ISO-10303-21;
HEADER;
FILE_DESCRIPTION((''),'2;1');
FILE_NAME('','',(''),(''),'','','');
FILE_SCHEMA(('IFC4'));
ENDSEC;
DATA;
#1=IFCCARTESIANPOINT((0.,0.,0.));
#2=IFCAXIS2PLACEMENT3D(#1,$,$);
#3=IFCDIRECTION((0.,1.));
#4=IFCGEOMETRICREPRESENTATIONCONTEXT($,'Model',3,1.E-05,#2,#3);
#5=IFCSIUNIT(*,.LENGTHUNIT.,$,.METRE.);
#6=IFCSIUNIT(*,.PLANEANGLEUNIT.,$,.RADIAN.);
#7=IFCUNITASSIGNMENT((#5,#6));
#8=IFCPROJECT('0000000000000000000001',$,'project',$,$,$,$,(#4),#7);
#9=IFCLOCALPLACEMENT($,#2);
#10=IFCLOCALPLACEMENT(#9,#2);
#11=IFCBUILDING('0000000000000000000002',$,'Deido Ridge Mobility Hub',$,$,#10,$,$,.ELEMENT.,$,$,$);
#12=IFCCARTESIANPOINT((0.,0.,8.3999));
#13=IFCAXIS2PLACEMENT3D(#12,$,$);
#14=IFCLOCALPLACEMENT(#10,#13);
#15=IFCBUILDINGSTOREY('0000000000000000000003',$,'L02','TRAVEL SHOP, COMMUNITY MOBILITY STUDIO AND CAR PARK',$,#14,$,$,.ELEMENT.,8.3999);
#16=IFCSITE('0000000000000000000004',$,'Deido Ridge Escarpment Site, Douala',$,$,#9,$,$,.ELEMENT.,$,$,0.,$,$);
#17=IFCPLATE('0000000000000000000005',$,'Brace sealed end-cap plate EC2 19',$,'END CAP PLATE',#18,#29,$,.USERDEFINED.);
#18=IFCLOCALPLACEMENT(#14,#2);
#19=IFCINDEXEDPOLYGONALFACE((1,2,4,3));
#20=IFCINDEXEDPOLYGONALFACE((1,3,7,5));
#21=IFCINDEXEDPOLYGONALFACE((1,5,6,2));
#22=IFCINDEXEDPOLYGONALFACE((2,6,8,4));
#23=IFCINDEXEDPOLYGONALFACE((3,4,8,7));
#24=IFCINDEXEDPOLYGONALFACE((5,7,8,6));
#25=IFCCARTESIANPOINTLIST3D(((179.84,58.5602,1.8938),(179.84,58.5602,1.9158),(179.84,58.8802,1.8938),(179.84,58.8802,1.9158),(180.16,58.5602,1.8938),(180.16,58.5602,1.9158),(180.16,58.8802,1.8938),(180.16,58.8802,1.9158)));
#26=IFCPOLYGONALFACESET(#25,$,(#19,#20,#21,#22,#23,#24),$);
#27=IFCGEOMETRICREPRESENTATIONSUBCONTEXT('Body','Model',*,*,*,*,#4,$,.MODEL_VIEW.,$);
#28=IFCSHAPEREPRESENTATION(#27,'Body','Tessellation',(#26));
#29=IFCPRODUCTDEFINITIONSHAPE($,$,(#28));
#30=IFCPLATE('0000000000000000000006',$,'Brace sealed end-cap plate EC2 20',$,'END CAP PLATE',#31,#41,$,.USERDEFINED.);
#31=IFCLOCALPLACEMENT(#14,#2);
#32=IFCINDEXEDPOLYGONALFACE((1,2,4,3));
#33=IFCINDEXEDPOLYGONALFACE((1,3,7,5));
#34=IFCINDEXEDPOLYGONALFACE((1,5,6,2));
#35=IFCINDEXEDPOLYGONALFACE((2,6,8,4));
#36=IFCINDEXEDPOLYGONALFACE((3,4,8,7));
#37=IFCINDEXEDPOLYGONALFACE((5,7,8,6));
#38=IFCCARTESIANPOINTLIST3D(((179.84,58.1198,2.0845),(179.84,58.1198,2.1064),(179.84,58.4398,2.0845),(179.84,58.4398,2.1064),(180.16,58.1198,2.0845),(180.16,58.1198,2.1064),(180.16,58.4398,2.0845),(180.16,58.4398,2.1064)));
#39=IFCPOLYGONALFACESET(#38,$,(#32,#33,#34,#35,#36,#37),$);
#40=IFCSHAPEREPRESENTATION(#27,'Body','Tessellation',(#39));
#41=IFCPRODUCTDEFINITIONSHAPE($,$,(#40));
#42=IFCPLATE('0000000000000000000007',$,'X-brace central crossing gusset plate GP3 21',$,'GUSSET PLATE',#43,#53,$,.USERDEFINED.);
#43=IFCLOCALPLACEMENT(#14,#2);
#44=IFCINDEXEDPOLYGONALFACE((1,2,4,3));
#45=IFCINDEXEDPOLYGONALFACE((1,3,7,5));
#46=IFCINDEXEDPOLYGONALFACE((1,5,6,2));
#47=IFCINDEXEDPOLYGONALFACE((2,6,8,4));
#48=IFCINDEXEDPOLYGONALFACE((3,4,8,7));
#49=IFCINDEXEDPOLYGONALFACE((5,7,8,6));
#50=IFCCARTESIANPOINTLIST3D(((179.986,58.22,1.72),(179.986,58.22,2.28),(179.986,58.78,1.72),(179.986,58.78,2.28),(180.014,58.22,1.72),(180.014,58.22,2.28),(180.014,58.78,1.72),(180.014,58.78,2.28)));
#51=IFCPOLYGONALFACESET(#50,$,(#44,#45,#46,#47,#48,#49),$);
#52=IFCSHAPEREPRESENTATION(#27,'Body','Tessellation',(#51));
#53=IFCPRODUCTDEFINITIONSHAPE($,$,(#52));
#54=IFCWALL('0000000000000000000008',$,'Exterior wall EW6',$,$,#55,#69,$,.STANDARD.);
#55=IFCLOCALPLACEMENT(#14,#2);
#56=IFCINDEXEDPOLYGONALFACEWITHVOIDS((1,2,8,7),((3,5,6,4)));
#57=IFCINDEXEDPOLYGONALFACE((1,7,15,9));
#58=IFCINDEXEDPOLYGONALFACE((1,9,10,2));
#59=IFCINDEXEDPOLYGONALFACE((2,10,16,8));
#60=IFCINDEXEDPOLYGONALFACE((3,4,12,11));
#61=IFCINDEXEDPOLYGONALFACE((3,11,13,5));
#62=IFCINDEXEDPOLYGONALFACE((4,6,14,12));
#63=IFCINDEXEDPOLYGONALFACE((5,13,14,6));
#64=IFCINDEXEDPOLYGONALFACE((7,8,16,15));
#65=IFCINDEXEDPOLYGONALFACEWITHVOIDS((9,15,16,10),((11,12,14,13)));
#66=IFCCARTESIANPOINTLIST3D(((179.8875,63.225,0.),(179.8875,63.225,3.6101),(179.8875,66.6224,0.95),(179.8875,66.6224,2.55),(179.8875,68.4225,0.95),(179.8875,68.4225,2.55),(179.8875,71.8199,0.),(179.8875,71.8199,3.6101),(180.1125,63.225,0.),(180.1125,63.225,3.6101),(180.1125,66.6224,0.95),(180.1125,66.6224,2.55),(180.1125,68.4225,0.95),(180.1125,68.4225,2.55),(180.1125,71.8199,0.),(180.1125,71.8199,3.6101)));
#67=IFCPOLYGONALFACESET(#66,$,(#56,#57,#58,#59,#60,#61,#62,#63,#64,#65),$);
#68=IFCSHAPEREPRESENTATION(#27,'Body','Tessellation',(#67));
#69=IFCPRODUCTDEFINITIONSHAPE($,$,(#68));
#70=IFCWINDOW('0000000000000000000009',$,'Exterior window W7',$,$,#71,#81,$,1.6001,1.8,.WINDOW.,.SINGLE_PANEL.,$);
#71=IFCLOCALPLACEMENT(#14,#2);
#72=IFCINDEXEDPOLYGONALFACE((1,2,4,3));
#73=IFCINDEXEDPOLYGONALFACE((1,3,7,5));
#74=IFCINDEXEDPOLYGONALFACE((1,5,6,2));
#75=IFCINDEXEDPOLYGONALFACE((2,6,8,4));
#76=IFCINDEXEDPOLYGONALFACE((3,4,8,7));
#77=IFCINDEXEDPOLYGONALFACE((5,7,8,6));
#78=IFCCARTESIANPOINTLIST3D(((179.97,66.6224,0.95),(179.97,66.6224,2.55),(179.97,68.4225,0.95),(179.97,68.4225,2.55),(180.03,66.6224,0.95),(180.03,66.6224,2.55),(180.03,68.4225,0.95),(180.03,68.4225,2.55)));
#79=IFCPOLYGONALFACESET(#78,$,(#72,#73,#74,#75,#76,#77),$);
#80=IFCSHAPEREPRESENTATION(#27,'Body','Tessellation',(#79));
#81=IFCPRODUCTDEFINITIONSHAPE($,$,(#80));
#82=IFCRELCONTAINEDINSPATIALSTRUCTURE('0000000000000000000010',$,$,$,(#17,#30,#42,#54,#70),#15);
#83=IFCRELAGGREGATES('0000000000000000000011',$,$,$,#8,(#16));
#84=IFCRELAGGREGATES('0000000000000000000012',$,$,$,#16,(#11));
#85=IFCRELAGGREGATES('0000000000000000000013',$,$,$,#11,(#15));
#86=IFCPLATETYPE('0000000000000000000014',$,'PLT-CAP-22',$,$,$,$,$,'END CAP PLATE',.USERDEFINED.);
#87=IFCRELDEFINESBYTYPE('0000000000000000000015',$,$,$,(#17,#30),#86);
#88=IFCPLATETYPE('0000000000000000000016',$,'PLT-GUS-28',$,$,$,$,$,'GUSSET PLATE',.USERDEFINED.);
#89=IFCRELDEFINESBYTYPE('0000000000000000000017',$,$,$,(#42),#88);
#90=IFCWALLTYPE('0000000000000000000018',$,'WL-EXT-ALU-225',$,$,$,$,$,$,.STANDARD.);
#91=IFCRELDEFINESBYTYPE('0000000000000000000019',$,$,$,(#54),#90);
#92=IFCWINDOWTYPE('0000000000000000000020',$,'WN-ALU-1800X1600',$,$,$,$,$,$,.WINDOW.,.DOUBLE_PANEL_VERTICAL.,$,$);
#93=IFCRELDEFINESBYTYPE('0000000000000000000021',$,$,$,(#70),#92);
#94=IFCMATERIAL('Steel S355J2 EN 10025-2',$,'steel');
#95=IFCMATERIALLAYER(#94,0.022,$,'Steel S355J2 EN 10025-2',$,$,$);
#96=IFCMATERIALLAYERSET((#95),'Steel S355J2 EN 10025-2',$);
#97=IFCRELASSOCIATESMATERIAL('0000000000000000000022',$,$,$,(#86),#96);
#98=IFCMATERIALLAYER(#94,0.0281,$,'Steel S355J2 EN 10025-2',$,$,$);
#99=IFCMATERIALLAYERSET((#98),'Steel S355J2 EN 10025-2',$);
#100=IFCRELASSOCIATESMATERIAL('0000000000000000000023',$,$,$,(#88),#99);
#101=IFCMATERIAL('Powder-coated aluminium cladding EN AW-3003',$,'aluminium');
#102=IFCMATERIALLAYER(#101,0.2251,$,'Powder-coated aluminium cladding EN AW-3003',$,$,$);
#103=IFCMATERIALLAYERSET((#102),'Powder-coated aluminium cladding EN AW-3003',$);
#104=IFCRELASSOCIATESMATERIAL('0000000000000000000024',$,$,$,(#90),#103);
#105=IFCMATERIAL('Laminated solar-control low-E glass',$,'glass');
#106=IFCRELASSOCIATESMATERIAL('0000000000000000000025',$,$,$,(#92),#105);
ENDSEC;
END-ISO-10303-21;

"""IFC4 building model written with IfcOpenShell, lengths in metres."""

from ifc_helpers import new_model, si_unit, direction, frame, frame_2d, origin, origin_2d, place, context, subcontext, project, spatial, rectangle, extrude, material, layer, layer_set, type_object, element, fill, save


model = new_model("IFC4")

# Units and contexts
model_context = context("Model", 3, precision=1e-05, world=origin(), true_north=direction((0.0, 1.0)))
body_context = subcontext(model_context, "Body", "Model", "MODEL_VIEW")
ifc_project = project(units=[si_unit("LENGTHUNIT", "METRE"), si_unit("PLANEANGLEUNIT", "RADIAN")], contexts=[model_context])

# Site, building, storey
site_placement = place(None, origin())
site = spatial("IfcSite", under=ifc_project, at=site_placement, Name="Deido Ridge Escarpment Site, Douala", CompositionType="ELEMENT", RefElevation=0.0)
building_placement = place(site_placement, origin())
building = spatial("IfcBuilding", under=site, at=building_placement, Name="Deido Ridge Mobility Hub", CompositionType="ELEMENT")
storey_placement = place(building_placement, frame((0.0, 0.0, 8.3999)))
storey = spatial("IfcBuildingStorey", under=building, at=storey_placement, Name="L02", Description="TRAVEL SHOP, COMMUNITY MOBILITY STUDIO AND CAR PARK", CompositionType="ELEMENT", Elevation=8.3999)

# Shared definitions
ifc_material_1 = material(Name="Steel S355J2 EN 10025-2", Category="steel")

# Plates
ifc_layer_1 = layer(ifc_material_1, 0.022, Name="Steel S355J2 EN 10025-2")
ifc_layer_set_1 = layer_set([ifc_layer_1], Name="Steel S355J2 EN 10025-2")
plate_type_1 = type_object("IfcPlateType", Name="PLT-CAP-22", ElementType="END CAP PLATE", PredefinedType="USERDEFINED", material=ifc_layer_set_1)
for number, where, z_axis, x_axis, name in (
    (1, (180.0, 58.7202, 1.8938), (0.0, 0.0, 1.0), (1.0, 0.0, 0.0), "Brace sealed end-cap plate EC2 19"),
    (2, (180.0, 58.2798, 2.0845), (0.0, 0.0, 1.0), (1.0, 0.0, 0.0), "Brace sealed end-cap plate EC2 20"),
):
    element("IfcPlate", number, at=place(storey_placement, frame(where, z_axis=z_axis, x_axis=x_axis)), inside=storey, type_object=plate_type_1, Name=name, ObjectType="END CAP PLATE", PredefinedType="USERDEFINED", context=body_context, shape_type="SweptSolid", body=[
        extrude(rectangle(XDim=0.3201, YDim=0.3201, at=origin_2d()), origin(), (0.0, 0.0, 1.0), 0.022),
    ])
ifc_layer_2 = layer(ifc_material_1, 0.0281, Name="Steel S355J2 EN 10025-2")
ifc_layer_set_2 = layer_set([ifc_layer_2], Name="Steel S355J2 EN 10025-2")
plate_type_2 = type_object("IfcPlateType", Name="PLT-GUS-28", ElementType="GUSSET PLATE", PredefinedType="USERDEFINED", material=ifc_layer_set_2)
plate_placement = place(storey_placement, frame((180.0, 58.5, 1.72), z_axis=(0.0, 0.0, 1.0), x_axis=(0.0, 1.0, 0.0)))
element("IfcPlate", 3, at=plate_placement, inside=storey, type_object=plate_type_2, Name="X-brace central crossing gusset plate GP3 21", ObjectType="GUSSET PLATE", PredefinedType="USERDEFINED", context=body_context, shape_type="SweptSolid", body=[
    extrude(rectangle(XDim=0.5601, YDim=0.0281, at=origin_2d()), origin(), (0.0, 0.0, 1.0), 0.5601),
])

# Wall, opening, window
ifc_material_2 = material(Name="Powder-coated aluminium cladding EN AW-3003", Category="aluminium")
ifc_layer_3 = layer(ifc_material_2, 0.2251, Name="Powder-coated aluminium cladding EN AW-3003")
ifc_layer_set_3 = layer_set([ifc_layer_3], Name="Powder-coated aluminium cladding EN AW-3003")
wall_type = type_object("IfcWallType", Name="WL-EXT-ALU-225", PredefinedType="STANDARD", material=ifc_layer_set_3)
wall_placement = place(storey_placement, frame((180.0, 63.2251, 0.0), z_axis=(0.0, 0.0, 1.0), x_axis=(0.0, 1.0, 0.0)))
wall = element("IfcWall", 4, at=wall_placement, inside=storey, type_object=wall_type, Name="Exterior wall EW6", PredefinedType="STANDARD", context=body_context, shape_type="SweptSolid", body=[
    extrude(rectangle(XDim=8.595, YDim=0.2251, at=frame_2d((4.2974, 0.0))), origin(), (0.0, 0.0, 1.0), 3.6101),
])
opening_placement = place(wall_placement, frame((3.3975, 0.0, 0.95)))
opening = element("IfcOpeningElement", 5, at=opening_placement, cuts=wall, PredefinedType="OPENING", context=body_context, shape_type="SweptSolid", body=[
    extrude(rectangle(XDim=1.8, YDim=1.6001, at=frame_2d((0.8999, 0.8))), frame((0.0, 0.1226, 0.0), z_axis=(0.0, -1.0, 0.0), x_axis=(1.0, 0.0, 0.0)), (0.0, 0.0, 1.0), 0.2451),
])
ifc_material_3 = material(Name="Laminated solar-control low-E glass", Category="glass")
window_type = type_object("IfcWindowType", Name="WN-ALU-1800X1600", PartitioningType="DOUBLE_PANEL_VERTICAL", PredefinedType="WINDOW", material=ifc_material_3)
window_placement = place(opening_placement, origin())
window = element("IfcWindow", 6, at=window_placement, inside=storey, type_object=window_type, Name="Exterior window W7", OverallHeight=1.6001, OverallWidth=1.8, PartitioningType="SINGLE_PANEL", PredefinedType="WINDOW", context=body_context, shape_type="SweptSolid", body=[
    extrude(rectangle(XDim=1.8, YDim=1.6001, at=frame_2d((0.8999, 0.8))), frame((0.0, 0.03, 0.0), z_axis=(0.0, -1.0, 0.0), x_axis=(1.0, 0.0, 0.0)), (0.0, 0.0, 1.0), 0.0601),
])
fill(opening, window)

save(model, "model.ifc")
